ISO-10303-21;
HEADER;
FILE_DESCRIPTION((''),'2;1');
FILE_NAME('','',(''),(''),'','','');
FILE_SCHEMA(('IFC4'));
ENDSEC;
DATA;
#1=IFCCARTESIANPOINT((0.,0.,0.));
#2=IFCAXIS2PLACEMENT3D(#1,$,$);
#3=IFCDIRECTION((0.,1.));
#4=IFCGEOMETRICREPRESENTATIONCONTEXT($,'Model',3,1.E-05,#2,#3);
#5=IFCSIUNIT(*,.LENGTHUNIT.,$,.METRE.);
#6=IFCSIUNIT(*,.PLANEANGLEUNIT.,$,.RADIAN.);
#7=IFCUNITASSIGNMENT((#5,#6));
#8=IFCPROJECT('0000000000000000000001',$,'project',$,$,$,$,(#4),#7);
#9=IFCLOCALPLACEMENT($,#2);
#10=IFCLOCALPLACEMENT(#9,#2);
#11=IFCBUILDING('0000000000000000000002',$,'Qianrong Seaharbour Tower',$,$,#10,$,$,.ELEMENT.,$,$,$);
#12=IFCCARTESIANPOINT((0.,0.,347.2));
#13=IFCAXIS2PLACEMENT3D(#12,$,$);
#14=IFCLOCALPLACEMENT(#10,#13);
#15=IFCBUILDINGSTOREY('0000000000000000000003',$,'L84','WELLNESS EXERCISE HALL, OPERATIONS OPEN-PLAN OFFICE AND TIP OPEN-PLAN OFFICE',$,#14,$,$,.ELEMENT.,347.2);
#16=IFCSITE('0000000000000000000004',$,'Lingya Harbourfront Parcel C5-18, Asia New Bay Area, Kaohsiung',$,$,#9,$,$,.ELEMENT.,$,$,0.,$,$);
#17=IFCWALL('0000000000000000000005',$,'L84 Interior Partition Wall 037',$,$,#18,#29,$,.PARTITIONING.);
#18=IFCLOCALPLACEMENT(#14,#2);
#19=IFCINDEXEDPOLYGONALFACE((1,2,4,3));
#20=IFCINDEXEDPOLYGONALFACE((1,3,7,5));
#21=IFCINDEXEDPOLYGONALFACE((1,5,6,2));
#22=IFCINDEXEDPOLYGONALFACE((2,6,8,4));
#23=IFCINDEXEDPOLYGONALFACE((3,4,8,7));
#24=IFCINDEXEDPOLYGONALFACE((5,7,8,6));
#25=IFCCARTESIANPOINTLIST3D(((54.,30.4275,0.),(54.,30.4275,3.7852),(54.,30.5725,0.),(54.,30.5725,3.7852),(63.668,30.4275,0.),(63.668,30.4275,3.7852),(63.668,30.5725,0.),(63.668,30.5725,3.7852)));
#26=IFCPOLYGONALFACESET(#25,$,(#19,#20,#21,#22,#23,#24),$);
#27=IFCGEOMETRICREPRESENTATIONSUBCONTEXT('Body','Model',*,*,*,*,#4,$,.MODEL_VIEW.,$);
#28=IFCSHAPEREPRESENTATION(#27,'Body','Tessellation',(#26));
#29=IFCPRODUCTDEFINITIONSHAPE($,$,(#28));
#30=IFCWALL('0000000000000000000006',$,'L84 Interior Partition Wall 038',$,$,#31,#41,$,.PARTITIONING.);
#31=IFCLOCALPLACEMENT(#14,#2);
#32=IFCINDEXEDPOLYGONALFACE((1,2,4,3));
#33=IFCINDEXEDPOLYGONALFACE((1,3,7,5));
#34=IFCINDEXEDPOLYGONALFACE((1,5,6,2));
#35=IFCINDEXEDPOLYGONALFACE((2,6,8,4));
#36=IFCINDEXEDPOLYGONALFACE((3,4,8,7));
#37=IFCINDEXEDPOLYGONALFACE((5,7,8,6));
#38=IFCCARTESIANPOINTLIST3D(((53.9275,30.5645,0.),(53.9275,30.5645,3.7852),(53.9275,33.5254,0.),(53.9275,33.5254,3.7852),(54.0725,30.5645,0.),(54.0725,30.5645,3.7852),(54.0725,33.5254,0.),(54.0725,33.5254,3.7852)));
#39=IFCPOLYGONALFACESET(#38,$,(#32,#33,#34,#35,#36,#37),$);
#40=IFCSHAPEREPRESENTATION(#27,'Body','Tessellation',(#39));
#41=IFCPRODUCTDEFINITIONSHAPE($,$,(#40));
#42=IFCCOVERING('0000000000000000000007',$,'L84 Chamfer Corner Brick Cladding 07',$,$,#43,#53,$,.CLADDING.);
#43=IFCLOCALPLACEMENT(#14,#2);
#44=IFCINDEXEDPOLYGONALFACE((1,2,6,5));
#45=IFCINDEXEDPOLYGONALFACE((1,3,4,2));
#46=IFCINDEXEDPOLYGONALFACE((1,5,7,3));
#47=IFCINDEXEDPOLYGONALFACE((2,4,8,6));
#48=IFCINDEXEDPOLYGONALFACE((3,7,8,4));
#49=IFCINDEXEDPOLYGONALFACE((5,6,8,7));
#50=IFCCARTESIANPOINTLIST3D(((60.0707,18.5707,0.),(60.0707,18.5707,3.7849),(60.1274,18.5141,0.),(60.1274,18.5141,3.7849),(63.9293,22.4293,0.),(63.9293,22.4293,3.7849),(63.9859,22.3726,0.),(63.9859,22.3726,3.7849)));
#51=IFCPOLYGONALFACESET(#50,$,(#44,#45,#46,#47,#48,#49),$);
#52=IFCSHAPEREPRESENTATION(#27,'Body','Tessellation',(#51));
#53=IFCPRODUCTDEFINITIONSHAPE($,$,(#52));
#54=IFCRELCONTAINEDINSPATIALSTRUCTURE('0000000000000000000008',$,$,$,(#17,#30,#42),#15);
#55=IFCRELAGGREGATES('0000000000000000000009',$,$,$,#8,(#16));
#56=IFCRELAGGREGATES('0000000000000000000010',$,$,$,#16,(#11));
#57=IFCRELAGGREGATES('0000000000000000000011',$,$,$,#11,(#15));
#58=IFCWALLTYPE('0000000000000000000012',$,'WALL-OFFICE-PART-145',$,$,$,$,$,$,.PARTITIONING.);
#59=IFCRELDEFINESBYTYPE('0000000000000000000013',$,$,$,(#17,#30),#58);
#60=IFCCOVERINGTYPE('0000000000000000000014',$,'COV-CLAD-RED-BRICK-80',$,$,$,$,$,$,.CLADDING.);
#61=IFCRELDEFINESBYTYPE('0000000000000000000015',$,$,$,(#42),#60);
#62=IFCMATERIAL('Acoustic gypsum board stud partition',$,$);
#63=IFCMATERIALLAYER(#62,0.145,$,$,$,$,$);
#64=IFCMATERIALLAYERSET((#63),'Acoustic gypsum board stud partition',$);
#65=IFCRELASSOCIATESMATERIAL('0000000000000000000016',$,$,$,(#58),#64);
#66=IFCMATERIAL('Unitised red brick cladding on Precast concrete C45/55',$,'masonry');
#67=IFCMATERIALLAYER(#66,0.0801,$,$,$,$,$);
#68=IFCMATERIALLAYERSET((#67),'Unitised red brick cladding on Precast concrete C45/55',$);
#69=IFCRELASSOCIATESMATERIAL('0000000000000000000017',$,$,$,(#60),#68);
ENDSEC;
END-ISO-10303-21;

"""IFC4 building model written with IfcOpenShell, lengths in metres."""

from ifc_helpers import new_model, si_unit, direction, frame, frame_2d, origin, origin_2d, place, context, subcontext, project, spatial, rectangle, extrude, material, layer, layer_set, type_object, element, save


model = new_model("IFC4")

# Units and contexts
model_context = context("Model", 3, precision=1e-05, world=origin(), true_north=direction((0.0, 1.0)))
body_context = subcontext(model_context, "Body", "Model", "MODEL_VIEW")
ifc_project = project(units=[si_unit("LENGTHUNIT", "METRE"), si_unit("PLANEANGLEUNIT", "RADIAN")], contexts=[model_context])

# Site, building, storey
site_placement = place(None, origin())
site = spatial("IfcSite", under=ifc_project, at=site_placement, Name="Lingya Harbourfront Parcel C5-18, Asia New Bay Area, Kaohsiung", CompositionType="ELEMENT", RefElevation=0.0)
building_placement = place(site_placement, origin())
building = spatial("IfcBuilding", under=site, at=building_placement, Name="Qianrong Seaharbour Tower", CompositionType="ELEMENT")
storey_placement = place(building_placement, frame((0.0, 0.0, 347.2)))
storey = spatial("IfcBuildingStorey", under=building, at=storey_placement, Name="L84", Description="WELLNESS EXERCISE HALL, OPERATIONS OPEN-PLAN OFFICE AND TIP OPEN-PLAN OFFICE", CompositionType="ELEMENT", Elevation=347.2)

# Walls
ifc_material_1 = material(Name="Acoustic gypsum board stud partition")
ifc_layer_1 = layer(ifc_material_1, 0.145)
ifc_layer_set_1 = layer_set([ifc_layer_1], Name="Acoustic gypsum board stud partition")
wall_type_1 = type_object("IfcWallType", Name="WALL-OFFICE-PART-145", PredefinedType="PARTITIONING", material=ifc_layer_set_1)
wall_1_placement = place(storey_placement, frame((54.0, 30.5, 0.0), z_axis=(0.0, 0.0, 1.0), x_axis=(1.0, 0.0, 0.0)))
element("IfcWall", 1, at=wall_1_placement, inside=storey, type_object=wall_type_1, Name="L84 Interior Partition Wall 037", PredefinedType="PARTITIONING", context=body_context, shape_type="SweptSolid", body=[
    extrude(rectangle(XDim=9.668, YDim=0.145, at=frame_2d((4.834, 0.0))), origin(), (0.0, 0.0, 1.0), 3.7852),
])
wall_2_placement = place(storey_placement, frame((54.0, 33.5254, 0.0), z_axis=(0.0, 0.0, 1.0), x_axis=(0.0, -1.0, 0.0)))
element("IfcWall", 2, at=wall_2_placement, inside=storey, type_object=wall_type_1, Name="L84 Interior Partition Wall 038", PredefinedType="PARTITIONING", context=body_context, shape_type="SweptSolid", body=[
    extrude(rectangle(XDim=2.9609, YDim=0.145, at=frame_2d((1.4805, 0.0))), origin(), (0.0, 0.0, 1.0), 3.7852),
])

# Covering
ifc_material_2 = material(Name="Unitised red brick cladding on Precast concrete C45/55", Category="masonry")
ifc_layer_2 = layer(ifc_material_2, 0.0801)
ifc_layer_set_2 = layer_set([ifc_layer_2], Name="Unitised red brick cladding on Precast concrete C45/55")
covering_type = type_object("IfcCoveringType", Name="COV-CLAD-RED-BRICK-80", PredefinedType="CLADDING", material=ifc_layer_set_2)
covering_placement = place(storey_placement, frame((62.0283, 20.4717, 0.0), z_axis=(0.0, 0.0, 1.0), x_axis=(-0.707107, -0.707107, 0.0)))
element("IfcCovering", 3, at=covering_placement, inside=storey, type_object=covering_type, Name="L84 Chamfer Corner Brick Cladding 07", PredefinedType="CLADDING", context=body_context, shape_type="SweptSolid", body=[
    extrude(rectangle(XDim=5.4568, YDim=0.0801, at=origin_2d()), origin(), (0.0, 0.0, 1.0), 3.7849),
])

save(model, "model.ifc")
